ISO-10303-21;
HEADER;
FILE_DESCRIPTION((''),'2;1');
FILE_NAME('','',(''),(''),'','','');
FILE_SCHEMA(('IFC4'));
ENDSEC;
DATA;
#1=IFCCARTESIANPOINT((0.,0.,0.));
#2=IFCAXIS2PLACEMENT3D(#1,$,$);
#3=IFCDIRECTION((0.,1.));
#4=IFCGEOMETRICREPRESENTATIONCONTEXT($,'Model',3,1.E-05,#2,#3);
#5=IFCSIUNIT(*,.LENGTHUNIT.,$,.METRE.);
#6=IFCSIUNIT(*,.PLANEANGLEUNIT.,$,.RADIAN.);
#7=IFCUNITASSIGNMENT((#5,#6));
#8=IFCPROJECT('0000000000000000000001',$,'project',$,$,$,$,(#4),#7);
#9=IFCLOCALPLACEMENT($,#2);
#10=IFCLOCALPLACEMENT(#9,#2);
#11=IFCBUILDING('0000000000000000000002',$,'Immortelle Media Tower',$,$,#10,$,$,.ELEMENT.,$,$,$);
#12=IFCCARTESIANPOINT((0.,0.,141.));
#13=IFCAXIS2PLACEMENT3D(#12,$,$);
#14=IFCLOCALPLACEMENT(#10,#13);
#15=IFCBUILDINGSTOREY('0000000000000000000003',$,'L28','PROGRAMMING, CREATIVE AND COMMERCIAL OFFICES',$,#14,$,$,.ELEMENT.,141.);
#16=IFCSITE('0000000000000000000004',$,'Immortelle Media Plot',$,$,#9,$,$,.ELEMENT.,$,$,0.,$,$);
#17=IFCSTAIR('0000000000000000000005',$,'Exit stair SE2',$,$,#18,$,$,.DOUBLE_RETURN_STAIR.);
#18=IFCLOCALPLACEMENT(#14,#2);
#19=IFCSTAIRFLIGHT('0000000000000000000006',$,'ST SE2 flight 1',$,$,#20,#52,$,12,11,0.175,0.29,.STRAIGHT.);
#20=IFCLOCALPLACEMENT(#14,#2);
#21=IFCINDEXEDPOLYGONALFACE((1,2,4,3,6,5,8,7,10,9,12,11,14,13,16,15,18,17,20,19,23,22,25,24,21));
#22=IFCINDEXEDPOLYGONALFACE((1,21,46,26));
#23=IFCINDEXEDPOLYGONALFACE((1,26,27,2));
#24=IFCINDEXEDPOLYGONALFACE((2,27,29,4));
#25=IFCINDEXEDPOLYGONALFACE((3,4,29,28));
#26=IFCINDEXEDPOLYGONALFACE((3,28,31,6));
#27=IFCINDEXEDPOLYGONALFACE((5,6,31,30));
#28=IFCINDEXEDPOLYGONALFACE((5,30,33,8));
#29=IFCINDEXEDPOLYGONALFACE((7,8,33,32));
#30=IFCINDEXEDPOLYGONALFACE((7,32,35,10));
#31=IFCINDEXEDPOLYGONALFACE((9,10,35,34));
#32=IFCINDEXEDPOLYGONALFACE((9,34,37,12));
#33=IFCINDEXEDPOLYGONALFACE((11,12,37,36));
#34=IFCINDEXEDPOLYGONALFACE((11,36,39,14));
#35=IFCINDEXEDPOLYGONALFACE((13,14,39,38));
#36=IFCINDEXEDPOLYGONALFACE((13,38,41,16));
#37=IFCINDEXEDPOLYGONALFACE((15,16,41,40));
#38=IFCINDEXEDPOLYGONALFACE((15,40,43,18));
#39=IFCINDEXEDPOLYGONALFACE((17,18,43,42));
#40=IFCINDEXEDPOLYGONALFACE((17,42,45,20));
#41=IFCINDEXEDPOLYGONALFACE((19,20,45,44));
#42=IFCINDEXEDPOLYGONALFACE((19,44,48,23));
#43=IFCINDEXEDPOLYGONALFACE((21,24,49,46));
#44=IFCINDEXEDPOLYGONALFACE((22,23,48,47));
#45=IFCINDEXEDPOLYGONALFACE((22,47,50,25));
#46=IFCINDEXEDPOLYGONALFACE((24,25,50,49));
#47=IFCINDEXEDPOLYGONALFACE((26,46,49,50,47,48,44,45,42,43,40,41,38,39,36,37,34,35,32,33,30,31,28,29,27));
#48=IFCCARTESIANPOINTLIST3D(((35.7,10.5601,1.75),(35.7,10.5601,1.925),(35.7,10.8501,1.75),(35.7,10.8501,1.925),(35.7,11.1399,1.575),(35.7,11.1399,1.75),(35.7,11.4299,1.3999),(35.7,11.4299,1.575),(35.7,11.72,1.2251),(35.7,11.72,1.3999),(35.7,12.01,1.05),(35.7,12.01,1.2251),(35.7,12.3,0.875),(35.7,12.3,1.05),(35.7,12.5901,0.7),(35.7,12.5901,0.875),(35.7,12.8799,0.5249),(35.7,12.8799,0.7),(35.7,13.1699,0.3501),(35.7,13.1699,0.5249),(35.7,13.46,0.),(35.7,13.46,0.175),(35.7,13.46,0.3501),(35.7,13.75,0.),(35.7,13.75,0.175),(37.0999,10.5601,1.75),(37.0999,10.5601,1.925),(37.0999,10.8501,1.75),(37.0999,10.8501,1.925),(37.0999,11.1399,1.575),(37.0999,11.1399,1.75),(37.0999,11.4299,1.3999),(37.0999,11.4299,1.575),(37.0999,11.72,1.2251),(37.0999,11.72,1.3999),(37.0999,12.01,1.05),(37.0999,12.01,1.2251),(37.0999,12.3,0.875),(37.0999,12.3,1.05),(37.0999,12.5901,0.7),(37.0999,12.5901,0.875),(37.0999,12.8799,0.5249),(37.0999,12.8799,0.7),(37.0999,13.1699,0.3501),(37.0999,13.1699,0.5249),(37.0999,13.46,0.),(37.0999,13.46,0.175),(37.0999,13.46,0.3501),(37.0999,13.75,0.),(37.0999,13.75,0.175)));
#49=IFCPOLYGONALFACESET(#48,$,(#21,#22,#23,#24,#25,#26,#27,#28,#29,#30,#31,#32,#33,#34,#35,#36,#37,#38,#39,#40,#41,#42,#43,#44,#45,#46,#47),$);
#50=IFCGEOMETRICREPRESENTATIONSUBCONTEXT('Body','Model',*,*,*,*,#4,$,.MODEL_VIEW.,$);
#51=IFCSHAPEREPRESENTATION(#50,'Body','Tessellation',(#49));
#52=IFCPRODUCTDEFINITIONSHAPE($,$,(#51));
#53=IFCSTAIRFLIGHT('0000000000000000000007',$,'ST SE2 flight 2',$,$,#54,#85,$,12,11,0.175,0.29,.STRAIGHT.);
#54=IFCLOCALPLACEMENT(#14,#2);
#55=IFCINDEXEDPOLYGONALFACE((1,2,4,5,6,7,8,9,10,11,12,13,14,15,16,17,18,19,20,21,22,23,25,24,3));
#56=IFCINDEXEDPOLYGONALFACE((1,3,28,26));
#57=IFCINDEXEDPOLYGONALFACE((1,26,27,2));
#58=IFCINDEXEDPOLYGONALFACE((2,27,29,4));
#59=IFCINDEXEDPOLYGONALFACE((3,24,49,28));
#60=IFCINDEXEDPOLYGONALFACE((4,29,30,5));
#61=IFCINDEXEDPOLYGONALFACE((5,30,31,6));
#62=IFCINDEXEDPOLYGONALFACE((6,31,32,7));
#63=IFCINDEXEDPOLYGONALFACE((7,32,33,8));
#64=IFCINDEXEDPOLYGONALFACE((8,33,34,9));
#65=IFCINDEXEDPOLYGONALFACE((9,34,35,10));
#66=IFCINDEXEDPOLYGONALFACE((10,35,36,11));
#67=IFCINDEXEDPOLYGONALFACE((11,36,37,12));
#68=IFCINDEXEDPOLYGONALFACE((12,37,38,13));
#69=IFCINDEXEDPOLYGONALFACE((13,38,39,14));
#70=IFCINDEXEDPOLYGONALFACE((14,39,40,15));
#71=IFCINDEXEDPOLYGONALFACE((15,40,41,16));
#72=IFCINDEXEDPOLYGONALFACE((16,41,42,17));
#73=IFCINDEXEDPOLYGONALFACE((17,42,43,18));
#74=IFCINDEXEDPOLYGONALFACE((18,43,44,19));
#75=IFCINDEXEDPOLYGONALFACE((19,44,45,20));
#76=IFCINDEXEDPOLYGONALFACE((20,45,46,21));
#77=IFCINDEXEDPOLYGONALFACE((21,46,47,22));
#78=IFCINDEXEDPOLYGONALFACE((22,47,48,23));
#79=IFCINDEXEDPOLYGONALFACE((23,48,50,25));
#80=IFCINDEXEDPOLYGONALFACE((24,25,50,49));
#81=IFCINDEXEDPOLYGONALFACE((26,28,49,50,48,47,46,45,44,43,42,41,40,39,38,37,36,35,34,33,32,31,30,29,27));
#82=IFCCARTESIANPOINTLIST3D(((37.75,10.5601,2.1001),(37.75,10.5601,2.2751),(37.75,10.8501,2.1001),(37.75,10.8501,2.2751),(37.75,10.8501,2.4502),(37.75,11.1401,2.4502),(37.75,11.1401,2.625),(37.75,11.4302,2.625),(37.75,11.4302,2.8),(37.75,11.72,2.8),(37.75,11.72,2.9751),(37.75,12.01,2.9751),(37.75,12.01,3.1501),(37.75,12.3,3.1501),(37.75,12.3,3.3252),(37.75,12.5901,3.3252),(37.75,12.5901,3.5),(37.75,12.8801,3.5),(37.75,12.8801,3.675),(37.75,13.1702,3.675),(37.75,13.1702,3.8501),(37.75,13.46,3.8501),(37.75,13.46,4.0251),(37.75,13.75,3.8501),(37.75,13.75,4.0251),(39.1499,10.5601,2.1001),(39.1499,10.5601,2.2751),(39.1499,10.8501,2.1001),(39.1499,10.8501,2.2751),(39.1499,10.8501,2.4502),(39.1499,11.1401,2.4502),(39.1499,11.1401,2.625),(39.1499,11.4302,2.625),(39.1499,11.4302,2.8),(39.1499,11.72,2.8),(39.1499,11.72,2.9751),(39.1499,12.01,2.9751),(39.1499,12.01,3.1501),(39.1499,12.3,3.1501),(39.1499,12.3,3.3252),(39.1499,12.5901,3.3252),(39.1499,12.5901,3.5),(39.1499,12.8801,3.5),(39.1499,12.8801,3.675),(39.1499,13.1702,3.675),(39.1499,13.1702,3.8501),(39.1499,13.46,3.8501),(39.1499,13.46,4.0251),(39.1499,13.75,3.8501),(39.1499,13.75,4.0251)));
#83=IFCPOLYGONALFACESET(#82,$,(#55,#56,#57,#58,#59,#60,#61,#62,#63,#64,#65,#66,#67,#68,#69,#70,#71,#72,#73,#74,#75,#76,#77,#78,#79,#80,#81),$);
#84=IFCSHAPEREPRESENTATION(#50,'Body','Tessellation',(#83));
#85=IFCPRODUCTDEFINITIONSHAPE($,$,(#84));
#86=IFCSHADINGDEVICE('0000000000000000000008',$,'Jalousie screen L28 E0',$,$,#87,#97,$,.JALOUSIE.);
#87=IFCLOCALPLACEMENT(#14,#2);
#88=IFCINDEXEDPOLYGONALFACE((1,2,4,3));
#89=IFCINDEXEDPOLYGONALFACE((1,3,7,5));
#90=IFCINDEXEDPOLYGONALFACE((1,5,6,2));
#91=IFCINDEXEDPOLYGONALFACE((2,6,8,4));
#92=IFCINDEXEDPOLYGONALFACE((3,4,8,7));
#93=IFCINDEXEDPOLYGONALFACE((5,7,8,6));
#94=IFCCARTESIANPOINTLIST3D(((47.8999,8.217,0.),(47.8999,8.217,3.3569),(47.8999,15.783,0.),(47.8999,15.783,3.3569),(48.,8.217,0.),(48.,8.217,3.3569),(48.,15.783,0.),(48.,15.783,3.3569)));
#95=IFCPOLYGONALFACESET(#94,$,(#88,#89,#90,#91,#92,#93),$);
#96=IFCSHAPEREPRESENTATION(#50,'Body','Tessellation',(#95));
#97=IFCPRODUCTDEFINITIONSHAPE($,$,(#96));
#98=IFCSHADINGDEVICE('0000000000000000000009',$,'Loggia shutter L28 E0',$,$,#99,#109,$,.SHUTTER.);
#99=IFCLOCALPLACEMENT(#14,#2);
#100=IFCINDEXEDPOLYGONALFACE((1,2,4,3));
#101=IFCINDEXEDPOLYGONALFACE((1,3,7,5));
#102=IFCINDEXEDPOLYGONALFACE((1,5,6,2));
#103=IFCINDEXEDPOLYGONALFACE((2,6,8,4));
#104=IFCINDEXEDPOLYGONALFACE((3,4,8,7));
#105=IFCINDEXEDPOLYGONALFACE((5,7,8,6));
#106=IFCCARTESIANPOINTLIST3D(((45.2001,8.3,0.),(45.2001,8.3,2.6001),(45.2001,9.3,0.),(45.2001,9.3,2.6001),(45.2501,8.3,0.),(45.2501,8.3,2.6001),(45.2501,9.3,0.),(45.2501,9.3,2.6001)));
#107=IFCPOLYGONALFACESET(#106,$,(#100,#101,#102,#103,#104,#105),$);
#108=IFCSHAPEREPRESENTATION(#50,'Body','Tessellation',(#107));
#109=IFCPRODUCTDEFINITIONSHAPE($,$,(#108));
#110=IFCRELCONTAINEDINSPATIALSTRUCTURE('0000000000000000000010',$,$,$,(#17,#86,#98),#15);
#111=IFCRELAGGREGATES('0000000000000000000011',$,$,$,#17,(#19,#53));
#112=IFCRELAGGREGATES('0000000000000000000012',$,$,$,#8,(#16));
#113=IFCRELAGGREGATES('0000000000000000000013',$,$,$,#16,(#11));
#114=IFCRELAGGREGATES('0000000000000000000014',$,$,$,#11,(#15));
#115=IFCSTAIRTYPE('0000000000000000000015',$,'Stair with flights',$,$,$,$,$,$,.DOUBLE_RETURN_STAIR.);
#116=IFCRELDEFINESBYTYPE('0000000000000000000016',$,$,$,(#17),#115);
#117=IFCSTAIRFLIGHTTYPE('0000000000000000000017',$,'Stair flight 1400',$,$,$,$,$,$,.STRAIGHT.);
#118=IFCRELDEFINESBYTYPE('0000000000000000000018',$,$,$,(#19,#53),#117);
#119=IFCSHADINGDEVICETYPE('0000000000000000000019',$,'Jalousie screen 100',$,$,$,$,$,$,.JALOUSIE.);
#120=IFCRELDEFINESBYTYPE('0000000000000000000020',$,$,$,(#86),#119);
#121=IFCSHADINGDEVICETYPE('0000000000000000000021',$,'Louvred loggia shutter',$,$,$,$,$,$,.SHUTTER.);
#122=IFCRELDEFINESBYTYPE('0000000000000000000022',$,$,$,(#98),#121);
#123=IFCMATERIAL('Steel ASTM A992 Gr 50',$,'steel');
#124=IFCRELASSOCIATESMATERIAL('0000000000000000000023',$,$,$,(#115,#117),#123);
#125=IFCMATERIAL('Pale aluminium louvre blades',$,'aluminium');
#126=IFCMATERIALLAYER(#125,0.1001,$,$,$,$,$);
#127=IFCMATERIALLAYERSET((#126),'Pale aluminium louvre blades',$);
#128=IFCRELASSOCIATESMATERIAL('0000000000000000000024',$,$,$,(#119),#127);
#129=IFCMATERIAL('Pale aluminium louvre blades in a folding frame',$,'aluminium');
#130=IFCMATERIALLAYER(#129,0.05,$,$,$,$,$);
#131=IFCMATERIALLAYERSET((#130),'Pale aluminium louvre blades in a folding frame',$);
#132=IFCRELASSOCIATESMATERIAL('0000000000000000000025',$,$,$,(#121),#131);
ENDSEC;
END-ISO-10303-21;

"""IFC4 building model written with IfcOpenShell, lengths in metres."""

from ifc_helpers import new_model, si_unit, direction, frame, origin, origin_2d, place, context, subcontext, project, spatial, polyline, rectangle, outline, extrude, material, layer, layer_set, type_object, element, aggregate, save


model = new_model("IFC4")

# Units and contexts
model_context = context("Model", 3, precision=1e-05, world=origin(), true_north=direction((0.0, 1.0)))
body_context = subcontext(model_context, "Body", "Model", "MODEL_VIEW")
ifc_project = project(units=[si_unit("LENGTHUNIT", "METRE"), si_unit("PLANEANGLEUNIT", "RADIAN")], contexts=[model_context])

# Site, building, storey
site_placement = place(None, origin())
site = spatial("IfcSite", under=ifc_project, at=site_placement, Name="Immortelle Media Plot", CompositionType="ELEMENT", RefElevation=0.0)
building_placement = place(site_placement, origin())
building = spatial("IfcBuilding", under=site, at=building_placement, Name="Immortelle Media Tower", CompositionType="ELEMENT")
storey_placement = place(building_placement, frame((0.0, 0.0, 141.0)))
storey = spatial("IfcBuildingStorey", under=building, at=storey_placement, Name="L28", Description="PROGRAMMING, CREATIVE AND COMMERCIAL OFFICES", CompositionType="ELEMENT", Elevation=141.0)

# Shared definitions
ifc_material_1 = material(Name="Steel ASTM A992 Gr 50", Category="steel")

# Stair, stair flights
stair_type = type_object("IfcStairType", Name="Stair with flights", PredefinedType="DOUBLE_RETURN_STAIR", material=ifc_material_1)
stair_flight_type = type_object("IfcStairFlightType", Name="Stair flight 1400", PredefinedType="STRAIGHT", material=ifc_material_1)
stair_1_placement = place(storey_placement, origin())
stair_1 = element("IfcStair", 1, at=stair_1_placement, inside=storey, type_object=stair_type, Name="Exit stair SE2", PredefinedType="DOUBLE_RETURN_STAIR")
stair_flight_1_placement = place(storey_placement, frame((36.3999, 13.75, 0.0), z_axis=(0.0, 0.0, 1.0), x_axis=(0.0, -1.0, 0.0)))
stair_flight_1 = element("IfcStairFlight", 2, at=stair_flight_1_placement, type_object=stair_flight_type, Name="ST SE2 flight 1", NumberOfRisers=12, NumberOfTreads=11, PredefinedType="STRAIGHT", RiserHeight=0.175, TreadLength=0.29, context=body_context, shape_type="SweptSolid", body=[
    extrude(outline(polyline([(0.0, 0.0), (0.0, 0.175), (0.29, 0.175), (0.29, 0.3501), (0.5801, 0.3501), (0.5801, 0.5249), (0.8701, 0.5249), (0.8701, 0.7), (1.1599, 0.7), (1.1599, 0.875), (1.45, 0.875), (1.45, 1.05), (1.74, 1.05), (1.74, 1.2251), (2.03, 1.2251), (2.03, 1.3999), (2.3201, 1.3999), (2.3201, 1.575), (2.6101, 1.575), (2.6101, 1.75), (2.8999, 1.75), (2.8999, 1.925), (3.1899, 1.925), (3.1899, 2.1001), (3.1899, 1.75), (0.29, 0.0), (0.0, 0.0)])), frame((0.0, 0.7, 0.0), z_axis=(0.0, -1.0, 0.0), x_axis=(1.0, 0.0, 0.0)), (0.0, 0.0, 1.0), 1.3999),
])
stair_flight_2_placement = place(storey_placement, frame((38.45, 10.5601, 2.1001), z_axis=(0.0, 0.0, 1.0), x_axis=(0.0, 1.0, 0.0)))
stair_flight_2 = element("IfcStairFlight", 3, at=stair_flight_2_placement, type_object=stair_flight_type, Name="ST SE2 flight 2", NumberOfRisers=12, NumberOfTreads=11, PredefinedType="STRAIGHT", RiserHeight=0.175, TreadLength=0.29, context=body_context, shape_type="SweptSolid", body=[
    extrude(outline(polyline([(0.0, 0.0), (0.0, 0.175), (0.29, 0.175), (0.29, 0.3501), (0.5801, 0.3501), (0.5801, 0.5249), (0.8701, 0.5249), (0.8701, 0.7), (1.1599, 0.7), (1.1599, 0.875), (1.45, 0.875), (1.45, 1.05), (1.74, 1.05), (1.74, 1.2251), (2.03, 1.2251), (2.03, 1.3999), (2.3201, 1.3999), (2.3201, 1.575), (2.6101, 1.575), (2.6101, 1.75), (2.8999, 1.75), (2.8999, 1.925), (3.1899, 1.925), (3.1899, 2.1001), (3.1899, 1.75), (0.29, 0.0), (0.0, 0.0)])), frame((0.0, 0.7, 0.0), z_axis=(0.0, -1.0, 0.0), x_axis=(1.0, 0.0, 0.0)), (0.0, 0.0, 1.0), 1.3999),
])
aggregate(stair_1, [stair_flight_1, stair_flight_2])

# Shading devices
ifc_material_2 = material(Name="Pale aluminium louvre blades", Category="aluminium")
ifc_layer_1 = layer(ifc_material_2, 0.1001)
ifc_layer_set_1 = layer_set([ifc_layer_1], Name="Pale aluminium louvre blades")
shading_device_type_1 = type_object("IfcShadingDeviceType", Name="Jalousie screen 100", PredefinedType="JALOUSIE", material=ifc_layer_set_1)
shading_device_1_placement = place(storey_placement, frame((47.95, 12.0, 0.0), z_axis=(0.0, 0.0, 1.0), x_axis=(0.0, 1.0, 0.0)))
element("IfcShadingDevice", 4, at=shading_device_1_placement, inside=storey, type_object=shading_device_type_1, Name="Jalousie screen L28 E0", PredefinedType="JALOUSIE", context=body_context, shape_type="SweptSolid", body=[
    extrude(rectangle(XDim=7.5659, YDim=0.1001, at=origin_2d()), origin(), (0.0, 0.0, 1.0), 3.3569),
])
ifc_material_3 = material(Name="Pale aluminium louvre blades in a folding frame", Category="aluminium")
ifc_layer_2 = layer(ifc_material_3, 0.05)
ifc_layer_set_2 = layer_set([ifc_layer_2], Name="Pale aluminium louvre blades in a folding frame")
shading_device_type_2 = type_object("IfcShadingDeviceType", Name="Louvred loggia shutter", PredefinedType="SHUTTER", material=ifc_layer_set_2)
shading_device_2_placement = place(storey_placement, frame((45.2251, 8.8, 0.0), z_axis=(0.0, 0.0, 1.0), x_axis=(0.0, 1.0, 0.0)))
element("IfcShadingDevice", 5, at=shading_device_2_placement, inside=storey, type_object=shading_device_type_2, Name="Loggia shutter L28 E0", PredefinedType="SHUTTER", context=body_context, shape_type="SweptSolid", body=[
    extrude(rectangle(XDim=1.0, YDim=0.05, at=origin_2d()), origin(), (0.0, 0.0, 1.0), 2.6001),
])

save(model, "model.ifc")
